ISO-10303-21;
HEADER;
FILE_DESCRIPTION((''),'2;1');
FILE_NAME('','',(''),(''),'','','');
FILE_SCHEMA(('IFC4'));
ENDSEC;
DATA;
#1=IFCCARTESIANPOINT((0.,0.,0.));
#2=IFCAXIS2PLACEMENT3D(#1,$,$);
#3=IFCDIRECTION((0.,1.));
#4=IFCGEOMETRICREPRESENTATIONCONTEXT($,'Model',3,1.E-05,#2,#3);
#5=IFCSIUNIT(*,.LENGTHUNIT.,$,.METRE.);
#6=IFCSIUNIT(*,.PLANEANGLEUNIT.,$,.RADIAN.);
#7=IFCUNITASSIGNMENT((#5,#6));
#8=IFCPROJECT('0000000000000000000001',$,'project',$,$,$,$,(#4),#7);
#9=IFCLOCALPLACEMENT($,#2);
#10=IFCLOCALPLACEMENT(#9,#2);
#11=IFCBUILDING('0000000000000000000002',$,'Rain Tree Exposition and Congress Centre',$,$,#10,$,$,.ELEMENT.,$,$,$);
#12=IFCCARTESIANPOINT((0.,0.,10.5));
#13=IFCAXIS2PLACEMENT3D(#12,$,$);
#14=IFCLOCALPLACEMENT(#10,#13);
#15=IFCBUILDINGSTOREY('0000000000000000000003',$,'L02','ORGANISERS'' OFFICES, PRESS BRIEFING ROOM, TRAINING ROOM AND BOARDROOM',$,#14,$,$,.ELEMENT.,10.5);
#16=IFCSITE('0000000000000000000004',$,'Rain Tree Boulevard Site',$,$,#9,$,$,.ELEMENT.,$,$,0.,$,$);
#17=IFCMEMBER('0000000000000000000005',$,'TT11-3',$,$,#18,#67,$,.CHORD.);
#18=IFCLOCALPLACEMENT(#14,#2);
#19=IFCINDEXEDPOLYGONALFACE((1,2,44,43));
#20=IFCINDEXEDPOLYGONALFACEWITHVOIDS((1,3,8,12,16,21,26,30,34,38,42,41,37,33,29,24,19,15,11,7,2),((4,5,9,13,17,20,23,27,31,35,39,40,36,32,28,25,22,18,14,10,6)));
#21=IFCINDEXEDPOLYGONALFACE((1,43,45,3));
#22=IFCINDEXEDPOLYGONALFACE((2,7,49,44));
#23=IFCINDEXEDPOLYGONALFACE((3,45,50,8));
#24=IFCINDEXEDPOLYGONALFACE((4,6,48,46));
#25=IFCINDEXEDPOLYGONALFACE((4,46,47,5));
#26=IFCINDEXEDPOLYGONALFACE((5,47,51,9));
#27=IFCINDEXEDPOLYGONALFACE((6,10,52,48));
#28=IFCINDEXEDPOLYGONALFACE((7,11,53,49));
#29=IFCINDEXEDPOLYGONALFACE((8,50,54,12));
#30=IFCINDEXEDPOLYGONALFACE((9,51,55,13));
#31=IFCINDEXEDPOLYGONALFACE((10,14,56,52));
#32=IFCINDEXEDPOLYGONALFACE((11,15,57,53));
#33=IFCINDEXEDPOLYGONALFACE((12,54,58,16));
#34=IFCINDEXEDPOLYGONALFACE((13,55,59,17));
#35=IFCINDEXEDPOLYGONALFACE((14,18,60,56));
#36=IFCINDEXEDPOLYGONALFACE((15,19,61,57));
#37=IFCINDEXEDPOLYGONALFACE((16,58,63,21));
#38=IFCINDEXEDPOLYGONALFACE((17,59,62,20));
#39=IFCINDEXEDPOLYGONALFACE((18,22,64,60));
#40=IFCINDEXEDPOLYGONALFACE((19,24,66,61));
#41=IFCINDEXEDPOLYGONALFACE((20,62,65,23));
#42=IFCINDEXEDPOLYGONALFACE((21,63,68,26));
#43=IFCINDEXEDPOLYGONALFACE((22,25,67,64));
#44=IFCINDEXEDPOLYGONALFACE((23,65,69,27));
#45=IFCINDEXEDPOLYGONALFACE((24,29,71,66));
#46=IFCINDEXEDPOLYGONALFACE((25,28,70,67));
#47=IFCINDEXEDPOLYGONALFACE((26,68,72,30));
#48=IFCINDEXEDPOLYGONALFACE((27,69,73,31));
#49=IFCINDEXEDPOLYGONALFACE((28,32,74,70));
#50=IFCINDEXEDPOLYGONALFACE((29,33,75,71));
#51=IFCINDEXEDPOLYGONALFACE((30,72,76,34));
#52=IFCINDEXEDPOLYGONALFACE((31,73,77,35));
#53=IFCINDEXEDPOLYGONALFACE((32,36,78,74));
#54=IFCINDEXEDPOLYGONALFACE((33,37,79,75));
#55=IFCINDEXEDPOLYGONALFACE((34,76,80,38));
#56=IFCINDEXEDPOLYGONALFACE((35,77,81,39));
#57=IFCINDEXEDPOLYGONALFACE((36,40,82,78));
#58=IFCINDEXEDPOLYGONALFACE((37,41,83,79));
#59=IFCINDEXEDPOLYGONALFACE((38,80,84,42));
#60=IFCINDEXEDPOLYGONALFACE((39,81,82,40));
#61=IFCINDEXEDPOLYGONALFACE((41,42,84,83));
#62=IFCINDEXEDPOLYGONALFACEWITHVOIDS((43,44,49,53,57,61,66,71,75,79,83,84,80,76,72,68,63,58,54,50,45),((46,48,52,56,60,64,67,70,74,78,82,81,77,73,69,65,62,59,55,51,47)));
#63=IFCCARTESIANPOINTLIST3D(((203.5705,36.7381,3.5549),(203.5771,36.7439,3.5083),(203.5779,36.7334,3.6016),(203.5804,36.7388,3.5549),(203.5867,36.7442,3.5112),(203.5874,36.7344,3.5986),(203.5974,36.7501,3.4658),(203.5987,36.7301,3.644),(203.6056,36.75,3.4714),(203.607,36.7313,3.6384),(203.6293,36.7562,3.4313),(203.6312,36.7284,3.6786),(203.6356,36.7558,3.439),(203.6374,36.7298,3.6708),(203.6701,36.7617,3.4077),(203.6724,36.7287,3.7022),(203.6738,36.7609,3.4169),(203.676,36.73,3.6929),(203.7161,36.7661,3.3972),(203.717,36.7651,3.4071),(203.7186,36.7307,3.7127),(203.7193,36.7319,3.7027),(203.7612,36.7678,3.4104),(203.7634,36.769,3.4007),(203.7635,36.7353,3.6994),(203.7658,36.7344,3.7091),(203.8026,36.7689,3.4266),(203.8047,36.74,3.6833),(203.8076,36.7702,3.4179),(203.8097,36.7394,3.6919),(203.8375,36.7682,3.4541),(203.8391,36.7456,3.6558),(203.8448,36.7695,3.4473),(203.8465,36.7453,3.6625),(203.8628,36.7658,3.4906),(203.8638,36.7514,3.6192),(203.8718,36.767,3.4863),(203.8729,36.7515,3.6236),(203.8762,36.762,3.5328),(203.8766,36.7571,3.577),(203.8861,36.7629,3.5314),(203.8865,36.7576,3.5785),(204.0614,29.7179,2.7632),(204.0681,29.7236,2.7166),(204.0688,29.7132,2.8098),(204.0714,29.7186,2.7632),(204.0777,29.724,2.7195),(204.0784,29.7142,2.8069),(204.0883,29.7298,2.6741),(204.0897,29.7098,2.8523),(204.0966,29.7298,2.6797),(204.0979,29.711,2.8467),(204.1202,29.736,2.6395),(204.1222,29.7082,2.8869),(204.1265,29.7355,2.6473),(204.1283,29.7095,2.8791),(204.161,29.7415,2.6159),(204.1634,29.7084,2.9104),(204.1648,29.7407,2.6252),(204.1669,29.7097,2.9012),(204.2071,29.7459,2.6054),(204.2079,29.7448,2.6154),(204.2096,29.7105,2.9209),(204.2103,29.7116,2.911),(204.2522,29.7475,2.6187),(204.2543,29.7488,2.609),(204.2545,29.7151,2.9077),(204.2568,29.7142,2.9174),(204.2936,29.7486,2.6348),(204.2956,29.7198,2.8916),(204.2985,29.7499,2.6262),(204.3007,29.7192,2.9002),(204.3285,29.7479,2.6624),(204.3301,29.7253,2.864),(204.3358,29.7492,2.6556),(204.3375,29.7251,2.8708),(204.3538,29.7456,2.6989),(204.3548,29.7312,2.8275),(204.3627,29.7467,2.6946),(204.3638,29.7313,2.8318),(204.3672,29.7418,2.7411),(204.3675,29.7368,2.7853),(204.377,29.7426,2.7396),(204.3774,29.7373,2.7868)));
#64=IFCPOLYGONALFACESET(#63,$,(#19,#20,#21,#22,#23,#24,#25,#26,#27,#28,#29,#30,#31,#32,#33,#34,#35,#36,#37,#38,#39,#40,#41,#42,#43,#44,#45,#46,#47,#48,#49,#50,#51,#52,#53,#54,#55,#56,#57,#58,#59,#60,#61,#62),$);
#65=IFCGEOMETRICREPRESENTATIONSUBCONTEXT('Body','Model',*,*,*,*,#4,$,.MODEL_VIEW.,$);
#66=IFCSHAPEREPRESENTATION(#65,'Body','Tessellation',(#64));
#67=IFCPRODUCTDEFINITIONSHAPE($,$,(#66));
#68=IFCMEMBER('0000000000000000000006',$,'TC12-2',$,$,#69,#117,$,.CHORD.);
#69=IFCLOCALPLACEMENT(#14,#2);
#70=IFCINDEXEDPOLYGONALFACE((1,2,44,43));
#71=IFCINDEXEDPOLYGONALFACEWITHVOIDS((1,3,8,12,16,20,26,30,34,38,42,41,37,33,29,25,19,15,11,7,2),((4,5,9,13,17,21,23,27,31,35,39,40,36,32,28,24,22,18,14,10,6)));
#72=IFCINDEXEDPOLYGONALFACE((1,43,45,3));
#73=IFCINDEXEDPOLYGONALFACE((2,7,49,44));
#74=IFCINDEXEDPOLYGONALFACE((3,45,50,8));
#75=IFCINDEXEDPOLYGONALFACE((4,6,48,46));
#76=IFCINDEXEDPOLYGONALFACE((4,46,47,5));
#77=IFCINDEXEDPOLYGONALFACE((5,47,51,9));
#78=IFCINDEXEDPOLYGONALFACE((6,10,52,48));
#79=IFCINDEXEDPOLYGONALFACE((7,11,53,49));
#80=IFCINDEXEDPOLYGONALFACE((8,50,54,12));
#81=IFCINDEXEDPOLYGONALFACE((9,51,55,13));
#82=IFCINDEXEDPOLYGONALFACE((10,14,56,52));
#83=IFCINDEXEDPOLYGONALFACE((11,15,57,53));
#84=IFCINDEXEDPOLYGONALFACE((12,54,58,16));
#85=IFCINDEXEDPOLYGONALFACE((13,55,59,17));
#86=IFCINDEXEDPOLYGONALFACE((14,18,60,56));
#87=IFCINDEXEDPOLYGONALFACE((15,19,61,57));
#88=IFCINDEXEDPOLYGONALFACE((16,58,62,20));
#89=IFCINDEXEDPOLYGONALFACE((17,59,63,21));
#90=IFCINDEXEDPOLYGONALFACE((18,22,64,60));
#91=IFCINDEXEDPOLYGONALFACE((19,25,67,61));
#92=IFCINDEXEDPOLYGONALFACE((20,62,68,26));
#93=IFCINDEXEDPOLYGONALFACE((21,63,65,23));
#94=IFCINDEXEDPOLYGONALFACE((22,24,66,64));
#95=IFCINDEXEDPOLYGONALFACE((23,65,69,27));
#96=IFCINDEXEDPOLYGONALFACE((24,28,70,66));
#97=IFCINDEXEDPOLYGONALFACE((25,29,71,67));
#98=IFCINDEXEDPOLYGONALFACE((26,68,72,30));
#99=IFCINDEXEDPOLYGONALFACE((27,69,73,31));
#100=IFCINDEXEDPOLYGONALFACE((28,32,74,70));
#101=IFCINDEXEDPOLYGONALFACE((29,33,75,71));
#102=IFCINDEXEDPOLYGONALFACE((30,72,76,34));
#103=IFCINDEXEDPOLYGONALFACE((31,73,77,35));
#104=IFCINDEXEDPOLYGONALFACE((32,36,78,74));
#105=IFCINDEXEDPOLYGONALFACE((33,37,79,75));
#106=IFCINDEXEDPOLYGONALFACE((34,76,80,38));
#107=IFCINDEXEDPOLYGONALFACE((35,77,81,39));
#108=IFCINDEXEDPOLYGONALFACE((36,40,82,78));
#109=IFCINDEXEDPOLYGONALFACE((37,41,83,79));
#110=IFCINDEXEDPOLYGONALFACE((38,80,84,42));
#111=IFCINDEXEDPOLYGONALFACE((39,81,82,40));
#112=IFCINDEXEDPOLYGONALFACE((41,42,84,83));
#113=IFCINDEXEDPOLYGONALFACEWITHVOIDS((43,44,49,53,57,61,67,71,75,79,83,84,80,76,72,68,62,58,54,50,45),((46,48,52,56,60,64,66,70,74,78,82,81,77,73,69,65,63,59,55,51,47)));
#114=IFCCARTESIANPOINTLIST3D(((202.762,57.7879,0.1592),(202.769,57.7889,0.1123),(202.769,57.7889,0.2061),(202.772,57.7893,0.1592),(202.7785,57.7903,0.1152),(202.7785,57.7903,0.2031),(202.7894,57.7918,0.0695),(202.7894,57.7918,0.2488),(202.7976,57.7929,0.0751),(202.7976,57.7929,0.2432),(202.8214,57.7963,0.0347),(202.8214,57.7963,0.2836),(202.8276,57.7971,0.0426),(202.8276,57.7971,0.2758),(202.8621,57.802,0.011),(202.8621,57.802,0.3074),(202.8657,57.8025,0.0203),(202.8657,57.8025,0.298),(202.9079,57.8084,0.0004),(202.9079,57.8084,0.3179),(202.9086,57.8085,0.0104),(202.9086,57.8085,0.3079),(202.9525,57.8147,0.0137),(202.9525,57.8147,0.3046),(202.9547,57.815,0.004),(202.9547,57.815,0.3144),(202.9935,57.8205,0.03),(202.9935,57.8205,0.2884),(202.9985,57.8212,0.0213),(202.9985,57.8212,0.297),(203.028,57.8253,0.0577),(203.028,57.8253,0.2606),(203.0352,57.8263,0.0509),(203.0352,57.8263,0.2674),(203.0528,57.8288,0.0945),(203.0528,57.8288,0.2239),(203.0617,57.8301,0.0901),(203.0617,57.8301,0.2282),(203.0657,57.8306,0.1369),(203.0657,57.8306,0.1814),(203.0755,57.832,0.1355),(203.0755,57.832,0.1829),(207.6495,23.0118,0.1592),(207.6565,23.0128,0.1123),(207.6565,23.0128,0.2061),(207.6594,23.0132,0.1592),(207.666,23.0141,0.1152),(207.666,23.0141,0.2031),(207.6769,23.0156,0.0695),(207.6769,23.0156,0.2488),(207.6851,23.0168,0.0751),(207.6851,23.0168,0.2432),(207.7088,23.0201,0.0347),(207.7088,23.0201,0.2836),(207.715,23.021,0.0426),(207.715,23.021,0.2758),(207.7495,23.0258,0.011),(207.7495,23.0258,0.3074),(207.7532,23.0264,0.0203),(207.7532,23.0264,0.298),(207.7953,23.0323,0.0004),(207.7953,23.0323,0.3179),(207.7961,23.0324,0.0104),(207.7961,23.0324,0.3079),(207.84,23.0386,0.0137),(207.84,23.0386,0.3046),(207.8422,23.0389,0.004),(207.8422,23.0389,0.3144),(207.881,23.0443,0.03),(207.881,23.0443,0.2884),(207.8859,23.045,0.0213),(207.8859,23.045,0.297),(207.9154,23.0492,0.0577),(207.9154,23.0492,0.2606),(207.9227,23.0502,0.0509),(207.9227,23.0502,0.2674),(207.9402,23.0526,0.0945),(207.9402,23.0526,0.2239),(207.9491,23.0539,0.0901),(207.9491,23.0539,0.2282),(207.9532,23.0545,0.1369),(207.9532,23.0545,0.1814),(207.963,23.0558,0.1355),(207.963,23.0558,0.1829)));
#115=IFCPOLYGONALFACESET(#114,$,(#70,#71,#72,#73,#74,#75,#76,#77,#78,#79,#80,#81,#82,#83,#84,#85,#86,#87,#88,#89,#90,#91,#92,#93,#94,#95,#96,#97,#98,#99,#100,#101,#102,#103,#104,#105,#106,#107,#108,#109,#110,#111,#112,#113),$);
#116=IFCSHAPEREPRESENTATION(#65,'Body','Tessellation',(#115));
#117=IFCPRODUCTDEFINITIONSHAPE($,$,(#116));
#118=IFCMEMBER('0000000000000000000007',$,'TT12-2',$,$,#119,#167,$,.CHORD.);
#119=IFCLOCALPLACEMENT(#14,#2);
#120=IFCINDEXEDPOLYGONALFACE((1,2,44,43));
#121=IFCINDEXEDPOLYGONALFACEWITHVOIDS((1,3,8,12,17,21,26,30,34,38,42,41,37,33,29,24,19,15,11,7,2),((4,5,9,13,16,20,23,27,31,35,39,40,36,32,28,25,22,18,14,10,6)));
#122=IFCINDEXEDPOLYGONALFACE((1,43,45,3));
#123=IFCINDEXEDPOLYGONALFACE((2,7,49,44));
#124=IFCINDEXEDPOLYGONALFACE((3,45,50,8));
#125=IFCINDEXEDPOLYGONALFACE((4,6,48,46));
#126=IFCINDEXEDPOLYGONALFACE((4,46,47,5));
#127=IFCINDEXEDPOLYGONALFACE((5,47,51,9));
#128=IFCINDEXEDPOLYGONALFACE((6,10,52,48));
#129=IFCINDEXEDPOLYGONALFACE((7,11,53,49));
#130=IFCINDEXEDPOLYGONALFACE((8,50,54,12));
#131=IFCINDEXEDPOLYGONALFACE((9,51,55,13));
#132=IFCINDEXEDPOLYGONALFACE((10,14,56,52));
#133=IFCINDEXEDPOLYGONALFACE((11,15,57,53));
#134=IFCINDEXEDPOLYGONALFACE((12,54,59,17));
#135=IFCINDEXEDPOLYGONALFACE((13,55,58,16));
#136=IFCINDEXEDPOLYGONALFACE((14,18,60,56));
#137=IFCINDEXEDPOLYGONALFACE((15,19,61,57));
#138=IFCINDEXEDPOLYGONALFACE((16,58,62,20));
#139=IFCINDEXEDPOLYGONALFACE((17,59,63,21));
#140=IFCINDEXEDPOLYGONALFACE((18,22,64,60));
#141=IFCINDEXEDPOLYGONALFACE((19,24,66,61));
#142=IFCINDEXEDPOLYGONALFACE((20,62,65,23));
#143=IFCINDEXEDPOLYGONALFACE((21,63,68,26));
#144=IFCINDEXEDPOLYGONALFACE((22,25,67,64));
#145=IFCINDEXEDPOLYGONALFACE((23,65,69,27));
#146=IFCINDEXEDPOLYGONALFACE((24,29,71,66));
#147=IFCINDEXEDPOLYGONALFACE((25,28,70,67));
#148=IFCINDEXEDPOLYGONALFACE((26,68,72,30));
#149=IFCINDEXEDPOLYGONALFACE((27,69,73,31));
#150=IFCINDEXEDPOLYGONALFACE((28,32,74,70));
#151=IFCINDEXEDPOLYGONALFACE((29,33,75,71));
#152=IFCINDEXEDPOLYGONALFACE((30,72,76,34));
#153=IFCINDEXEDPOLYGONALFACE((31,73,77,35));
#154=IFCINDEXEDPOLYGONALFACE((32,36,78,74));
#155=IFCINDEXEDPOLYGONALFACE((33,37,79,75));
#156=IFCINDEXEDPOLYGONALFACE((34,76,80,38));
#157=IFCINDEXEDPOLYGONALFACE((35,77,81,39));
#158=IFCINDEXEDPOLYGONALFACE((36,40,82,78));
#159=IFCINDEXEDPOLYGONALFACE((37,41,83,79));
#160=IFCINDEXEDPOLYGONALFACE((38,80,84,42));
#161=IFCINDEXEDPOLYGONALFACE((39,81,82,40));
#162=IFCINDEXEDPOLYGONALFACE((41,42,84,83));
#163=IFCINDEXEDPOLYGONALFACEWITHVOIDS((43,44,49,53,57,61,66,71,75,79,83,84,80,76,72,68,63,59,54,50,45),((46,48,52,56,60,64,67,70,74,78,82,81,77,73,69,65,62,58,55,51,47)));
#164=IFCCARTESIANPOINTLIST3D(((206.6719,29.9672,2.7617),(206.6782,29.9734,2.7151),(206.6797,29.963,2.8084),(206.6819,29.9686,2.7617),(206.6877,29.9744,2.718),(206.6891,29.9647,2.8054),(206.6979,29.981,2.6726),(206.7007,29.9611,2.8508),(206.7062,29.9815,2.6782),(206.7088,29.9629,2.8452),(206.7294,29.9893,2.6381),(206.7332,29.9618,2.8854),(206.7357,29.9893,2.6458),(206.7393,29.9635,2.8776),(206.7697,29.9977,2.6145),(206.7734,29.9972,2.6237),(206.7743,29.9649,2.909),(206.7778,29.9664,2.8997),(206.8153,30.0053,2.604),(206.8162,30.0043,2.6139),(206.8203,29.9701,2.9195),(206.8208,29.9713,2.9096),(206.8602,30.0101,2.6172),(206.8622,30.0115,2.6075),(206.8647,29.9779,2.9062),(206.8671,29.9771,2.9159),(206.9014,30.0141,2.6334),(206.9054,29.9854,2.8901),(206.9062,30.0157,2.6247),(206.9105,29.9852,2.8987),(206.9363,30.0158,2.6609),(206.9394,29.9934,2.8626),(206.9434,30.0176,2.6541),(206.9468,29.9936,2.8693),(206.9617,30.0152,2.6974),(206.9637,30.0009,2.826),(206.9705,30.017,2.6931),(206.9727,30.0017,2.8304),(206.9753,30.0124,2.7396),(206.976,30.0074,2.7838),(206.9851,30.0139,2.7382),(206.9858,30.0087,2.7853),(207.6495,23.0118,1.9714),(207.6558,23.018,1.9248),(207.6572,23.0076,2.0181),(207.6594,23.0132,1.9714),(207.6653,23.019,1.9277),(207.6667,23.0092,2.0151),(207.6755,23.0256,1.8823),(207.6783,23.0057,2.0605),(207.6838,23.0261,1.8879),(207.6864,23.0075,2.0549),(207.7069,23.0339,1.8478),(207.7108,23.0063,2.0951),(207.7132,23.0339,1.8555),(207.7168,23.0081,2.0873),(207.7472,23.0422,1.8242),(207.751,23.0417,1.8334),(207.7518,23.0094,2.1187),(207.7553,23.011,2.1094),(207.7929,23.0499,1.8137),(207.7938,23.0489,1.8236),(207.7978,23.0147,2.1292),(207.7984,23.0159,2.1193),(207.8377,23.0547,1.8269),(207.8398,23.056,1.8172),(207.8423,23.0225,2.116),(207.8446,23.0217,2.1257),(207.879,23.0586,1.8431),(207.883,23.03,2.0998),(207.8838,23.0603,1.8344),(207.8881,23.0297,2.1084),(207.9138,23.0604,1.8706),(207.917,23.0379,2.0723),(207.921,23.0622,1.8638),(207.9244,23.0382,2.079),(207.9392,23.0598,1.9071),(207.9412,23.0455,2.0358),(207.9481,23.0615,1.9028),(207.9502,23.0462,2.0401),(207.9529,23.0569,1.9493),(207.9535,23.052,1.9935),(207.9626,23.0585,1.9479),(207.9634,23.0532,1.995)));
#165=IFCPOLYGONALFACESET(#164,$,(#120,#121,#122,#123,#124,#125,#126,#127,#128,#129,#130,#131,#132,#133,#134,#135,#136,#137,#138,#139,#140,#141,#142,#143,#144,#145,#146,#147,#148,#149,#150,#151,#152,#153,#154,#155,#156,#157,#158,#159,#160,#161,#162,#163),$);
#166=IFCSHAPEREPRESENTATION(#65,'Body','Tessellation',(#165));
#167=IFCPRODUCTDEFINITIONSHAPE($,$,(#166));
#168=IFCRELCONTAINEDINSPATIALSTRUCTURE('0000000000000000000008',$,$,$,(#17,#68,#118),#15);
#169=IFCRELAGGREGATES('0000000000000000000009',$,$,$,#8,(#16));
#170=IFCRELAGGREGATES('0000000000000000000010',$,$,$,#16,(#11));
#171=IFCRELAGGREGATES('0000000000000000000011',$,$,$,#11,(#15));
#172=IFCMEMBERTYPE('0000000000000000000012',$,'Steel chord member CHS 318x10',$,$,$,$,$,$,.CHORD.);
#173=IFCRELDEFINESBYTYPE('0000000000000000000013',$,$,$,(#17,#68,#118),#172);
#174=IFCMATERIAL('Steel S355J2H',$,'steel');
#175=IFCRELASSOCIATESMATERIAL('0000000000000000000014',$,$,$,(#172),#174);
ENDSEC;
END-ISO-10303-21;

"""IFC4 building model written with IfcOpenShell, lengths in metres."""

from ifc_helpers import new_model, si_unit, direction, frame, origin, origin_2d, place, context, subcontext, project, spatial, hollow_circle, extrude, material, material_profile, profile_set, type_object, element, save


model = new_model("IFC4")

# Units and contexts
model_context = context("Model", 3, precision=1e-05, world=origin(), true_north=direction((0.0, 1.0)))
body_context = subcontext(model_context, "Body", "Model", "MODEL_VIEW")
ifc_project = project(units=[si_unit("LENGTHUNIT", "METRE"), si_unit("PLANEANGLEUNIT", "RADIAN")], contexts=[model_context])

# Site, building, storey
site_placement = place(None, origin())
site = spatial("IfcSite", under=ifc_project, at=site_placement, Name="Rain Tree Boulevard Site", CompositionType="ELEMENT", RefElevation=0.0)
building_placement = place(site_placement, origin())
building = spatial("IfcBuilding", under=site, at=building_placement, Name="Rain Tree Exposition and Congress Centre", CompositionType="ELEMENT")
storey_placement = place(building_placement, frame((0.0, 0.0, 10.5)))
storey = spatial("IfcBuildingStorey", under=building, at=storey_placement, Name="L02", Description="ORGANISERS' OFFICES, PRESS BRIEFING ROOM, TRAINING ROOM AND BOARDROOM", CompositionType="ELEMENT", Elevation=10.5)

# Members
ifc_material_1 = material(Name="Steel S355J2H", Category="steel")
ifc_material_profile_1 = material_profile(ifc_material_1, hollow_circle(Radius=0.1592, WallThickness=0.01, at=origin_2d()), Name="CHS 318x10")
ifc_profile_set_1 = profile_set([ifc_material_profile_1], Name="Steel S355J2H")
member_type_1 = type_object("IfcMemberType", Name="Steel chord member CHS 318x10", PredefinedType="CHORD", material=ifc_profile_set_1)
member_1_placement = place(storey_placement, frame((204.2202, 29.729, 2.7632), z_axis=(-0.069328, 0.991309, 0.1118), x_axis=(-0.997563, -0.069765, 0.0)))
element("IfcMember", 1, at=member_1_placement, inside=storey, type_object=member_type_1, Name="TT11-3", PredefinedType="CHORD", context=body_context, shape_type="SweptSolid", body=[
    extrude(hollow_circle(Radius=0.1592, WallThickness=0.01, at=origin_2d()), origin(), (0.0, 0.0, 1.0), 7.0818),
])
member_2_placement = place(storey_placement, frame((207.8071, 23.0339, 0.1592), z_axis=(-0.139173, 0.990268, 0.0), x_axis=(-0.990268, -0.139173, 0.0)))
element("IfcMember", 2, at=member_2_placement, inside=storey, type_object=member_type_1, Name="TC12-2", PredefinedType="CHORD", context=body_context, shape_type="SweptSolid", body=[
    extrude(hollow_circle(Radius=0.1592, WallThickness=0.01, at=origin_2d()), origin(), (0.0, 0.0, 1.0), 35.1179),
])
member_3_placement = place(storey_placement, frame((207.8071, 23.0339, 1.9714), z_axis=(-0.138305, 0.984058, 0.111811), x_axis=(-0.990267, -0.139178, 0.0)))
element("IfcMember", 3, at=member_3_placement, inside=storey, type_object=member_type_1, Name="TT12-2", PredefinedType="CHORD", context=body_context, shape_type="SweptSolid", body=[
    extrude(hollow_circle(Radius=0.1592, WallThickness=0.01, at=origin_2d()), origin(), (0.0, 0.0, 1.0), 7.0681),
])

save(model, "model.ifc")
